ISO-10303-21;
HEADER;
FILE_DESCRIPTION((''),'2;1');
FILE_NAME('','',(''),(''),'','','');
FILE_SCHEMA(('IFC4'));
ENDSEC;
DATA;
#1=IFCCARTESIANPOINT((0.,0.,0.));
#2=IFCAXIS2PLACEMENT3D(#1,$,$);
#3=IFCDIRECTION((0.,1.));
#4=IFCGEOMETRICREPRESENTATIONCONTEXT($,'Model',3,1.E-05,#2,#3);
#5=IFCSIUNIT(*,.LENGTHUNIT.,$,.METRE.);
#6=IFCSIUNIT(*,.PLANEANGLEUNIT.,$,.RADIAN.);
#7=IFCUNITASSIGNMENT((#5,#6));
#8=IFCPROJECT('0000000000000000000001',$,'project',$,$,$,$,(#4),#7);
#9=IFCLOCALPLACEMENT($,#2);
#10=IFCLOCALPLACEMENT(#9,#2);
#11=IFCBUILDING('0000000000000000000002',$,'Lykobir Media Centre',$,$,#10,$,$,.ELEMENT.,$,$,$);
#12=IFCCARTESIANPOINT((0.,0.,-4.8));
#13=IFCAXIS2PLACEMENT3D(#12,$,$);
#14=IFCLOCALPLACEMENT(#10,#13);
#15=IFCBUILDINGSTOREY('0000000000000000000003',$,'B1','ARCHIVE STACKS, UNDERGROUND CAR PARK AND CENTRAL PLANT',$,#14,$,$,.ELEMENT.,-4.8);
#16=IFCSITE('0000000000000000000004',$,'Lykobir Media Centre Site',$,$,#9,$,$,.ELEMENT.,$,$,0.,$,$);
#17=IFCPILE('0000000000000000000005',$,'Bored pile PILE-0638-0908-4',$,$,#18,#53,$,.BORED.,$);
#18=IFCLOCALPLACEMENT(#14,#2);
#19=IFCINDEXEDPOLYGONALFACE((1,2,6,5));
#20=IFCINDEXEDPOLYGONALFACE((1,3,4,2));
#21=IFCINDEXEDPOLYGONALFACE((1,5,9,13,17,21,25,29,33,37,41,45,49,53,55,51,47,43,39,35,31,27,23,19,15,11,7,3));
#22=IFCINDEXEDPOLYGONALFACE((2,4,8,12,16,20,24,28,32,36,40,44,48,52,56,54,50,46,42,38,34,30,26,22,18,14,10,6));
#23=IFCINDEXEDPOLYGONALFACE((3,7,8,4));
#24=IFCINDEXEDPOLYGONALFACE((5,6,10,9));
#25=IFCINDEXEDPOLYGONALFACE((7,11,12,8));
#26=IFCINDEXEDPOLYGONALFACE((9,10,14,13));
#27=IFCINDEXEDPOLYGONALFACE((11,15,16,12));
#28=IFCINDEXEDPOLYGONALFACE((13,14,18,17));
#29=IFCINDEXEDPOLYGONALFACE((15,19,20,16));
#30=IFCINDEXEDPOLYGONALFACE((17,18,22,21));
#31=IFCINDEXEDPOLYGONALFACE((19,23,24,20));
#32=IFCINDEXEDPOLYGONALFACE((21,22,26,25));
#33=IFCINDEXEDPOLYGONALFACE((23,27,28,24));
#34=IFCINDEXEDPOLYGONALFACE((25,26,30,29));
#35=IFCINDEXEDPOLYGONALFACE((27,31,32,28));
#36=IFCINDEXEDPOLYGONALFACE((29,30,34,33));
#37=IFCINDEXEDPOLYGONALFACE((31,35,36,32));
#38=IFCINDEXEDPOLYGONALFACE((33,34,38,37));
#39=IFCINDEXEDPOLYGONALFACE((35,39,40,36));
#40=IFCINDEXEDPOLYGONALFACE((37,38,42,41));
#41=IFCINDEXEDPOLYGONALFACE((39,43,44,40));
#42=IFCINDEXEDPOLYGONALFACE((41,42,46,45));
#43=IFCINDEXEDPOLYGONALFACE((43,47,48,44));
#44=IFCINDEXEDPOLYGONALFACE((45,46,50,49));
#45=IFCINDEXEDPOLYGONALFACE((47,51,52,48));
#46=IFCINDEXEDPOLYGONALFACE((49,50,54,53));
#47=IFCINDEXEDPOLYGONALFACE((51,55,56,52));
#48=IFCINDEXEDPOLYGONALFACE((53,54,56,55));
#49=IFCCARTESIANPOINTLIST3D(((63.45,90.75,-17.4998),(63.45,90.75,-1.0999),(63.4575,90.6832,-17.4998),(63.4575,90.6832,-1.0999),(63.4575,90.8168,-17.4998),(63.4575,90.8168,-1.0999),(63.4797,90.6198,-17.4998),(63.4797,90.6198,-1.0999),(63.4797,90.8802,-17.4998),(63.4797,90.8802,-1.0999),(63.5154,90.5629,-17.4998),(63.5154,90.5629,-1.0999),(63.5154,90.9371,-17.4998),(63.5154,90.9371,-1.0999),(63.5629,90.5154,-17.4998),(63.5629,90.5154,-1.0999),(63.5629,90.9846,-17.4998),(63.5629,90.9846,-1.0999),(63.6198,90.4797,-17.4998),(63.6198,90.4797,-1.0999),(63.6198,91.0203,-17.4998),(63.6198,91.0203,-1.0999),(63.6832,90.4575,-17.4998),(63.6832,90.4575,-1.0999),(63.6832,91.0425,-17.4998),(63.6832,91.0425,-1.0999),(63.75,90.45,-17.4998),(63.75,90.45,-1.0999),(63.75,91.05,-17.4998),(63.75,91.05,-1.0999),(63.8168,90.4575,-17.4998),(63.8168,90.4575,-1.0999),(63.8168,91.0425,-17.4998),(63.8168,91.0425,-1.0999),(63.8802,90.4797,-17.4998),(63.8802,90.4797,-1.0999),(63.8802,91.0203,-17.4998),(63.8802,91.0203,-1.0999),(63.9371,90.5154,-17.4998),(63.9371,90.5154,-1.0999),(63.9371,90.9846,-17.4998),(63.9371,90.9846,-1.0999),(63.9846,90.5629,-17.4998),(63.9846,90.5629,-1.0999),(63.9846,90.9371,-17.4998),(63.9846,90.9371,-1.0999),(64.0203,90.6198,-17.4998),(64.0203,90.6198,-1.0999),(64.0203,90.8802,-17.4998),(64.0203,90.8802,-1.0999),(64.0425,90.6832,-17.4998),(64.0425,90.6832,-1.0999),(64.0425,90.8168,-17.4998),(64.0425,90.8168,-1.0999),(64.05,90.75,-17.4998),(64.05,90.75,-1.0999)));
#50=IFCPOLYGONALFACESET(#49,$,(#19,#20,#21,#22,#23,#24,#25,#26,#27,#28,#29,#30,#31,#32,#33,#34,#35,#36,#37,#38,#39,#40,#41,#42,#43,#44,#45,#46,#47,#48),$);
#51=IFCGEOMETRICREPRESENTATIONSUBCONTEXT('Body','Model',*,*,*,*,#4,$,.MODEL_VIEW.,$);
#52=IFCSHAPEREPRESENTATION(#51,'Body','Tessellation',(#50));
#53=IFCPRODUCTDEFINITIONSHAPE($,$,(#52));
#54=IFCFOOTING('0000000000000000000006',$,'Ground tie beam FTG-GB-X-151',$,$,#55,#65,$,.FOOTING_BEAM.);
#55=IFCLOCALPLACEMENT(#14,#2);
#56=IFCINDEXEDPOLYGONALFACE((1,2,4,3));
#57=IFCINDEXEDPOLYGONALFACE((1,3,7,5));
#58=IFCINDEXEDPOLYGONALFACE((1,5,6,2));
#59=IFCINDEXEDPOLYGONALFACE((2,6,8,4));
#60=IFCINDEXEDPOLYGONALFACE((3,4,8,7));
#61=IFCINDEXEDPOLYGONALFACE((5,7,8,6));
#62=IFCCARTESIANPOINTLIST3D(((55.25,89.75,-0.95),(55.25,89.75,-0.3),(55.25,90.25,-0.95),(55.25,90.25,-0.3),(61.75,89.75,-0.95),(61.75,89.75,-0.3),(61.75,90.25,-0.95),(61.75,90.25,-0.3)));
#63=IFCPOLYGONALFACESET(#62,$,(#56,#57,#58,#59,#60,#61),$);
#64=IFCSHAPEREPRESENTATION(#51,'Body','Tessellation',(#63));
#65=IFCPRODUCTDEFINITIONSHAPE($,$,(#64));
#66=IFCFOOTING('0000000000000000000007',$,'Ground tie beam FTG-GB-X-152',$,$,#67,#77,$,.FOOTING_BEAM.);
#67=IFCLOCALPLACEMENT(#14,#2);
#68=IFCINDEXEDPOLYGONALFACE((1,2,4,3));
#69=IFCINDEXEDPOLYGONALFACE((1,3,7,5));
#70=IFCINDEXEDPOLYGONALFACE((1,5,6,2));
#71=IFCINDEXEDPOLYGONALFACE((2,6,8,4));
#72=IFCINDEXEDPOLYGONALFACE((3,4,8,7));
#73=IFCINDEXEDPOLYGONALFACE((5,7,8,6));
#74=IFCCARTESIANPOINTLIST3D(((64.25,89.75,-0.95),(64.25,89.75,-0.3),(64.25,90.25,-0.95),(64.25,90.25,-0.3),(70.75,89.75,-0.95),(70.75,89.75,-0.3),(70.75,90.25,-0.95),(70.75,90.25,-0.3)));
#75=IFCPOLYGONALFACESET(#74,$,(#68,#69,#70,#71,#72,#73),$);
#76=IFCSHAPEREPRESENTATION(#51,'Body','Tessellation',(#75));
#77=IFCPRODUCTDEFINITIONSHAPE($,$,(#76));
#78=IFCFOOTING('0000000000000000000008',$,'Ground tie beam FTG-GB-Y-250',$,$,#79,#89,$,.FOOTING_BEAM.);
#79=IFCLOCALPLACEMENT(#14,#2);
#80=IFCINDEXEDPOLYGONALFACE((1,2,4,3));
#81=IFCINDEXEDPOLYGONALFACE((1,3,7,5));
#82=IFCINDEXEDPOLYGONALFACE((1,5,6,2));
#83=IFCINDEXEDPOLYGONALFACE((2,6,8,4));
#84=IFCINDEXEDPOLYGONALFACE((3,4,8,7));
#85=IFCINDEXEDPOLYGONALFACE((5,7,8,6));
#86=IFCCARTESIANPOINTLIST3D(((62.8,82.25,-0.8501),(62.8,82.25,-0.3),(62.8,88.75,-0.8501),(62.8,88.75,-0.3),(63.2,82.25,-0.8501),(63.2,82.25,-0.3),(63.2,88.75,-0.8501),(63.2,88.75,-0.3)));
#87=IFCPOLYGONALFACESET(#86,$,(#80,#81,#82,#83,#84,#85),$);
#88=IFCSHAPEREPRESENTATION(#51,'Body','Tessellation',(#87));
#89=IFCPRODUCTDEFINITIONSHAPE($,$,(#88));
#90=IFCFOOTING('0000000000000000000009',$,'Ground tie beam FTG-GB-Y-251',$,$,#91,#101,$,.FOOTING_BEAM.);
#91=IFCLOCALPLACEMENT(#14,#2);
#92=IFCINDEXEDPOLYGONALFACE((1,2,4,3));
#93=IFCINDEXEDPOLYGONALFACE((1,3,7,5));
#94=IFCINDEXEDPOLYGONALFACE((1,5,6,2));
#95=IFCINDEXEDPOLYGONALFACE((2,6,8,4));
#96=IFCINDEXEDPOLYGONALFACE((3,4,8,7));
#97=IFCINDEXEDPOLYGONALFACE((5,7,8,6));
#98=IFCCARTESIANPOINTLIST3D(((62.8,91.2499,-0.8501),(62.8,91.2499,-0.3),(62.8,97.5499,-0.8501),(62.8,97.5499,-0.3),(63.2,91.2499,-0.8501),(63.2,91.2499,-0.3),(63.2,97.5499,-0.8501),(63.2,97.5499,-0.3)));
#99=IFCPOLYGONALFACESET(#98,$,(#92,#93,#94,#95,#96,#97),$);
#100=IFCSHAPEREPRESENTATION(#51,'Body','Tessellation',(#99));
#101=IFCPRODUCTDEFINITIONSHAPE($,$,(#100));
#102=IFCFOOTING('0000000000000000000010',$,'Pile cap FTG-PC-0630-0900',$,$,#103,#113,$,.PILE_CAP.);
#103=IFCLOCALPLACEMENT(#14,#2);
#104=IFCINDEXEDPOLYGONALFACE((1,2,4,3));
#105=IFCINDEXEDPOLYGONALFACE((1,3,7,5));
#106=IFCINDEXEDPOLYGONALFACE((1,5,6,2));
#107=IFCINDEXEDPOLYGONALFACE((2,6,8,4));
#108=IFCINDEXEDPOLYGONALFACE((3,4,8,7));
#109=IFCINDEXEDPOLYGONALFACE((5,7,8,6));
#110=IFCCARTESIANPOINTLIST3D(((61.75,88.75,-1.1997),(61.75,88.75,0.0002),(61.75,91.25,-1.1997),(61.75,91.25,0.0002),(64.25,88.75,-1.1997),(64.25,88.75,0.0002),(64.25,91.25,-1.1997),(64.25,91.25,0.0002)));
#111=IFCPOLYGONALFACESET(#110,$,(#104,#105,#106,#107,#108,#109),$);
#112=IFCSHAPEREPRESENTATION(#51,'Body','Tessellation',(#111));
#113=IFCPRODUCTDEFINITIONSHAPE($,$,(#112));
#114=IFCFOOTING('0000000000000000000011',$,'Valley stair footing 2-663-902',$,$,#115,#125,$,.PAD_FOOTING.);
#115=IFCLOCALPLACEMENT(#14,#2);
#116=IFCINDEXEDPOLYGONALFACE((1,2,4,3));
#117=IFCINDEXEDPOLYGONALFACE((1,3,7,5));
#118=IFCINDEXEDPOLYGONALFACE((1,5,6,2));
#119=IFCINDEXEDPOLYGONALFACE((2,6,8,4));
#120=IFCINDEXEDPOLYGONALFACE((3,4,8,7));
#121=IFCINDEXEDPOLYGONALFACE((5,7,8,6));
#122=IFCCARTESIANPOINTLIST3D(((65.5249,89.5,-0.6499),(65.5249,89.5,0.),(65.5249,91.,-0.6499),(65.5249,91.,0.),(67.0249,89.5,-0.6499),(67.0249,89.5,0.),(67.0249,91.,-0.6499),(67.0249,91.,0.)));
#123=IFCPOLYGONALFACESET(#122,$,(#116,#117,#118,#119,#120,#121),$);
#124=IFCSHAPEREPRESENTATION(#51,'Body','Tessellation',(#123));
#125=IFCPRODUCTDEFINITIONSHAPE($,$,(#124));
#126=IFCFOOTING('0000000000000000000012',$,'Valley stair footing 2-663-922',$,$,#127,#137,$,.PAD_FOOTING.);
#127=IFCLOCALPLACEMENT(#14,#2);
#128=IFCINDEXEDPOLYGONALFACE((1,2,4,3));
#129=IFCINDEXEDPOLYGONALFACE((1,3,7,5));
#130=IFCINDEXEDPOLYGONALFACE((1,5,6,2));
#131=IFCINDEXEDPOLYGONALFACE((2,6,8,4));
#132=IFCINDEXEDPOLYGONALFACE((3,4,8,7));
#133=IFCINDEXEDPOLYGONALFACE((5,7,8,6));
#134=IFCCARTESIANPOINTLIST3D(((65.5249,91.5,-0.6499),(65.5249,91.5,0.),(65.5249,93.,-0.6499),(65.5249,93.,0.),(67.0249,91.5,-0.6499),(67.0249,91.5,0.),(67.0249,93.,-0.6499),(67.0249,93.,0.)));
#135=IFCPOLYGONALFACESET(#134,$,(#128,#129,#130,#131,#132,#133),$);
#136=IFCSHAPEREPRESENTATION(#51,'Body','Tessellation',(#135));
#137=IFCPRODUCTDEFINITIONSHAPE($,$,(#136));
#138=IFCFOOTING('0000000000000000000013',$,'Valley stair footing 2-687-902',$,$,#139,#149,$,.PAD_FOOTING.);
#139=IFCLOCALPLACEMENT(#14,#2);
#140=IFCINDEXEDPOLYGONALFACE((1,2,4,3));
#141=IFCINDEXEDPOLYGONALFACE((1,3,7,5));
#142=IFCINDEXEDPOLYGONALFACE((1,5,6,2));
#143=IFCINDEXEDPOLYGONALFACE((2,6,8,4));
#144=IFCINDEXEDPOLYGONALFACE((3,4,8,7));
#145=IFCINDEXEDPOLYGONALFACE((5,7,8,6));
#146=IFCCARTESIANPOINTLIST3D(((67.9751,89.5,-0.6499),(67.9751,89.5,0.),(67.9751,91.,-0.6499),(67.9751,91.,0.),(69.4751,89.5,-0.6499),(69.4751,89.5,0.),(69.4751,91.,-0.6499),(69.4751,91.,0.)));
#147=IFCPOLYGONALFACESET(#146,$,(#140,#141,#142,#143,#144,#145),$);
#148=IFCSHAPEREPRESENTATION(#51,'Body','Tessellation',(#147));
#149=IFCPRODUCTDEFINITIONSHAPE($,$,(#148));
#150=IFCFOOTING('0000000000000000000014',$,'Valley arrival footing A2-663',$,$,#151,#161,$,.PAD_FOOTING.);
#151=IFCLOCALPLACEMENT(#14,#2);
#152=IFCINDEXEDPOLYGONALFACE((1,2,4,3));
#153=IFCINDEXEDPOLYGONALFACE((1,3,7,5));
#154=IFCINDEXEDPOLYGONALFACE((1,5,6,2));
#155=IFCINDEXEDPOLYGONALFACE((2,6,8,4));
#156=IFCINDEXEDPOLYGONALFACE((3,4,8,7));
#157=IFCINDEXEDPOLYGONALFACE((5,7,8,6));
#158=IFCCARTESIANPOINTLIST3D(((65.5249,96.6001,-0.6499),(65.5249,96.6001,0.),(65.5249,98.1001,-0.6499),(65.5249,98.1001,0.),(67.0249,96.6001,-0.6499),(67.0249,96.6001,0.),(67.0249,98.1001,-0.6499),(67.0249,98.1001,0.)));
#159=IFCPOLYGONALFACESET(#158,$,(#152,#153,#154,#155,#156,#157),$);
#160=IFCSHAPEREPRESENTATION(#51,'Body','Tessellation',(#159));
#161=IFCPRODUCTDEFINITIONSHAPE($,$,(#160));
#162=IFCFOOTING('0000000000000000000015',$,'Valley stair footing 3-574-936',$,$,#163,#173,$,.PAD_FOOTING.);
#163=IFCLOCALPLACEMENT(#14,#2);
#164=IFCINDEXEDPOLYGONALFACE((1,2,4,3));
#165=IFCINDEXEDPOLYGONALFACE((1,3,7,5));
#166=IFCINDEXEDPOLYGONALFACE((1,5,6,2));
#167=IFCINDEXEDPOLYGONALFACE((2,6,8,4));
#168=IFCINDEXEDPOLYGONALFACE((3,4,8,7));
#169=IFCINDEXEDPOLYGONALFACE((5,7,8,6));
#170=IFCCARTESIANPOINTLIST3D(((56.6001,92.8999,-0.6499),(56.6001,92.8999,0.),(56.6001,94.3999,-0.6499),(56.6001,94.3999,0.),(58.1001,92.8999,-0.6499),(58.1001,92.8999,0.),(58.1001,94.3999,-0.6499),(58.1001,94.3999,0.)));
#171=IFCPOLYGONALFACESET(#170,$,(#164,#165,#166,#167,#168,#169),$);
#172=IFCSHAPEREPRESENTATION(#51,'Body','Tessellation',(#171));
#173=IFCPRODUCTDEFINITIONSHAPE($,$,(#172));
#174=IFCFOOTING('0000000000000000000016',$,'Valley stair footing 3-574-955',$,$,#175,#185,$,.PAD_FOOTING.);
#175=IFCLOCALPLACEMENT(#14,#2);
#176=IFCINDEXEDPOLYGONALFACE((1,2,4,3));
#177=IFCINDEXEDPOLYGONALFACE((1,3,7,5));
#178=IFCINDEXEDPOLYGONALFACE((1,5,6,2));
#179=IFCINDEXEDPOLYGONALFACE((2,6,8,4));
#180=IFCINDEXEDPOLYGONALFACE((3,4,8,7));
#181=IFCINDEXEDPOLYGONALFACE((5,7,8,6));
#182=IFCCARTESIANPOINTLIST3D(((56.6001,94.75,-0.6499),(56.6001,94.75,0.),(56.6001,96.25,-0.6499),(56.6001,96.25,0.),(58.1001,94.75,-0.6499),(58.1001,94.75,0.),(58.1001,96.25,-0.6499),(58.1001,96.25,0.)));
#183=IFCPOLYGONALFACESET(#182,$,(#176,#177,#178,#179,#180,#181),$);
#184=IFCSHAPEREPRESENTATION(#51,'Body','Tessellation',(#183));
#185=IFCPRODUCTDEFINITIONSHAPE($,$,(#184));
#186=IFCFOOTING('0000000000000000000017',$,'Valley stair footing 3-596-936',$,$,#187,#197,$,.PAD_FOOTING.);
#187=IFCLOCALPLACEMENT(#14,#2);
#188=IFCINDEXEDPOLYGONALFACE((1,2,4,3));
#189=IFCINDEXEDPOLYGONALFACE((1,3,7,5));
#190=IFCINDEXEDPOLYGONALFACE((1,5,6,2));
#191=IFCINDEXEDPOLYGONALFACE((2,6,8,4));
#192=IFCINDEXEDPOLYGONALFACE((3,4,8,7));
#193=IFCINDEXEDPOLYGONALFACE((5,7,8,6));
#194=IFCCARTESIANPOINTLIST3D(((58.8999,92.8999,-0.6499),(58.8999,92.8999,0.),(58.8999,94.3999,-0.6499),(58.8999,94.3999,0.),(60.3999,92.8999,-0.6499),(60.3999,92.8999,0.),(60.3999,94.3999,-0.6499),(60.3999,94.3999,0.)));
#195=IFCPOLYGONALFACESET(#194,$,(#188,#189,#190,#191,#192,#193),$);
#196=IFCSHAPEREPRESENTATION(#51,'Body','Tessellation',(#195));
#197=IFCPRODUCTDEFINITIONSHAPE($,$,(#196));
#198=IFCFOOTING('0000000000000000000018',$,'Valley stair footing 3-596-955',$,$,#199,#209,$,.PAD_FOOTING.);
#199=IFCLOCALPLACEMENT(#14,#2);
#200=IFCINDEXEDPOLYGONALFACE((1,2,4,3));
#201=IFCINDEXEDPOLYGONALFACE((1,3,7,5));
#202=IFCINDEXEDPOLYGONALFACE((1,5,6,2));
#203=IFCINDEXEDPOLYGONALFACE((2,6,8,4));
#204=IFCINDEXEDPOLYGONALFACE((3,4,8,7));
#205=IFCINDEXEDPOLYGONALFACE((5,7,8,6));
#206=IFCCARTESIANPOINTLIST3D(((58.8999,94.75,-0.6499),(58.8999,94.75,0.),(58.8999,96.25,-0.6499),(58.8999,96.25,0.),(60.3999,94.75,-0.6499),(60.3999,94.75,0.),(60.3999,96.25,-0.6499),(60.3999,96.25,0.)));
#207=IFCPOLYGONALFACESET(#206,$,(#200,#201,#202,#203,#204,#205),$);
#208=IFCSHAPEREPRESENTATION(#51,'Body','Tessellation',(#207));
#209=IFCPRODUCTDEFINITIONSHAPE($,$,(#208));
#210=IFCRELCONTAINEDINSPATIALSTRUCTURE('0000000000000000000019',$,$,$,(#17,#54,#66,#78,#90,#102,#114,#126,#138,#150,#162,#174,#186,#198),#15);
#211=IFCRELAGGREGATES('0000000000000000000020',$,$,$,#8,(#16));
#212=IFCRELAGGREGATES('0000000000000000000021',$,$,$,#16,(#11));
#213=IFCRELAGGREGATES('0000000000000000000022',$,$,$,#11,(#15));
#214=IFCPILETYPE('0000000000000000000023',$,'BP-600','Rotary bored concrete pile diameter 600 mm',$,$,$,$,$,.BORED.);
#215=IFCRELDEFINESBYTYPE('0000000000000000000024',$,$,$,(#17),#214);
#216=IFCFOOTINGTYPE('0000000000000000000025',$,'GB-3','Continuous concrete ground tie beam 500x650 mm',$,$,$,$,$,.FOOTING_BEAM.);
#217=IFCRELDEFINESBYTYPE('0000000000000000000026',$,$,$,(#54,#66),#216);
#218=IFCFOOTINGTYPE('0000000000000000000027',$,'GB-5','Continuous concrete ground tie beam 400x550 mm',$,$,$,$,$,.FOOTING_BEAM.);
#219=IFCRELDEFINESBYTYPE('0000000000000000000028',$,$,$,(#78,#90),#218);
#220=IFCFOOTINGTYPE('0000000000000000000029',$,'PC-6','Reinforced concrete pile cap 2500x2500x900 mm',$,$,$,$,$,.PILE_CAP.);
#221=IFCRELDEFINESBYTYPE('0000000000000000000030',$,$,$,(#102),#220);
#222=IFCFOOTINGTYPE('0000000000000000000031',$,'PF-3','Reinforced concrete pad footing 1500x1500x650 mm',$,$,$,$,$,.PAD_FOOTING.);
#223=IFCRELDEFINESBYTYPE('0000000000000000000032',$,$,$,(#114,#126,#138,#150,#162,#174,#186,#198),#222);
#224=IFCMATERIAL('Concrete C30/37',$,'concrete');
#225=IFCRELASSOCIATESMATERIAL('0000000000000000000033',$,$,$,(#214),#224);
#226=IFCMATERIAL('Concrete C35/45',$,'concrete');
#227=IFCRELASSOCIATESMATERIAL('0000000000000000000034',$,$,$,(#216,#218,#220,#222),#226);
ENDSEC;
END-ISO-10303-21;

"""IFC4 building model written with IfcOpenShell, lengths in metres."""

from ifc_helpers import new_model, si_unit, direction, frame, origin, origin_2d, place, context, subcontext, project, spatial, rectangle, circle, extrude, material, material_profile, profile_set, type_object, element, save


model = new_model("IFC4")

# Units and contexts
model_context = context("Model", 3, precision=1e-05, world=origin(), true_north=direction((0.0, 1.0)))
body_context = subcontext(model_context, "Body", "Model", "MODEL_VIEW")
ifc_project = project(units=[si_unit("LENGTHUNIT", "METRE"), si_unit("PLANEANGLEUNIT", "RADIAN")], contexts=[model_context])

# Site, building, storey
site_placement = place(None, origin())
site = spatial("IfcSite", under=ifc_project, at=site_placement, Name="Lykobir Media Centre Site", CompositionType="ELEMENT", RefElevation=0.0)
building_placement = place(site_placement, origin())
building = spatial("IfcBuilding", under=site, at=building_placement, Name="Lykobir Media Centre", CompositionType="ELEMENT")
storey_placement = place(building_placement, frame((0.0, 0.0, -4.8)))
storey = spatial("IfcBuildingStorey", under=building, at=storey_placement, Name="B1", Description="ARCHIVE STACKS, UNDERGROUND CAR PARK AND CENTRAL PLANT", CompositionType="ELEMENT", Elevation=-4.8)

# Pile
ifc_material_1 = material(Name="Concrete C30/37", Category="concrete")
ifc_material_profile_1 = material_profile(ifc_material_1, circle(Radius=0.3, at=origin_2d()), Name="BORED PILE D600")
ifc_profile_set_1 = profile_set([ifc_material_profile_1], Name="Concrete C30/37")
pile_type = type_object("IfcPileType", Name="BP-600", Description="Rotary bored concrete pile diameter 600 mm", PredefinedType="BORED", material=ifc_profile_set_1)
for number, where, z_axis, x_axis, name in (
    (1, (63.75, 90.75, -1.0999), (0.0, 0.0, -1.0), (1.0, 0.0, 0.0), "Bored pile PILE-0638-0908-4"),
):
    element("IfcPile", number, at=place(storey_placement, frame(where, z_axis=z_axis, x_axis=x_axis)), inside=storey, type_object=pile_type, Name=name, PredefinedType="BORED", context=body_context, shape_type="SweptSolid", body=[
        extrude(circle(Radius=0.3, at=origin_2d()), origin(), (0.0, 0.0, 1.0), 16.3999),
    ])

# Footings
ifc_material_2 = material(Name="Concrete C35/45", Category="concrete")
footing_type_1 = type_object("IfcFootingType", Name="GB-3", Description="Continuous concrete ground tie beam 500x650 mm", PredefinedType="FOOTING_BEAM", material=ifc_material_2)
for number, where, z_axis, x_axis, name in (
    (2, (58.5, 90.0, -0.95), (0.0, 0.0, 1.0), (1.0, 0.0, 0.0), "Ground tie beam FTG-GB-X-151"),
    (3, (67.5, 90.0, -0.95), (0.0, 0.0, 1.0), (1.0, 0.0, 0.0), "Ground tie beam FTG-GB-X-152"),
):
    element("IfcFooting", number, at=place(storey_placement, frame(where, z_axis=z_axis, x_axis=x_axis)), inside=storey, type_object=footing_type_1, Name=name, PredefinedType="FOOTING_BEAM", context=body_context, shape_type="SweptSolid", body=[
        extrude(rectangle(XDim=6.5, YDim=0.5, at=origin_2d()), origin(), (0.0, 0.0, 1.0), 0.6499),
    ])
footing_type_2 = type_object("IfcFootingType", Name="GB-5", Description="Continuous concrete ground tie beam 400x550 mm", PredefinedType="FOOTING_BEAM", material=ifc_material_2)
footing_1_placement = place(storey_placement, frame((63.0, 85.5, -0.8501), z_axis=(0.0, 0.0, 1.0), x_axis=(0.0, 1.0, 0.0)))
element("IfcFooting", 4, at=footing_1_placement, inside=storey, type_object=footing_type_2, Name="Ground tie beam FTG-GB-Y-250", PredefinedType="FOOTING_BEAM", context=body_context, shape_type="SweptSolid", body=[
    extrude(rectangle(XDim=6.5, YDim=0.3999, at=origin_2d()), origin(), (0.0, 0.0, 1.0), 0.55),
])
footing_2_placement = place(storey_placement, frame((63.0, 94.3999, -0.8501), z_axis=(0.0, 0.0, 1.0), x_axis=(0.0, 1.0, 0.0)))
element("IfcFooting", 5, at=footing_2_placement, inside=storey, type_object=footing_type_2, Name="Ground tie beam FTG-GB-Y-251", PredefinedType="FOOTING_BEAM", context=body_context, shape_type="SweptSolid", body=[
    extrude(rectangle(XDim=6.3, YDim=0.3999, at=origin_2d()), origin(), (0.0, 0.0, 1.0), 0.55),
])
footing_type_3 = type_object("IfcFootingType", Name="PC-6", Description="Reinforced concrete pile cap 2500x2500x900 mm", PredefinedType="PILE_CAP", material=ifc_material_2)
footing_3_placement = place(storey_placement, frame((63.0, 90.0, -1.1997), z_axis=(0.0, 0.0, 1.0), x_axis=(1.0, 0.0, 0.0)))
element("IfcFooting", 6, at=footing_3_placement, inside=storey, type_object=footing_type_3, Name="Pile cap FTG-PC-0630-0900", PredefinedType="PILE_CAP", context=body_context, shape_type="SweptSolid", body=[
    extrude(rectangle(XDim=2.5, YDim=2.5, at=origin_2d()), origin(), (0.0, 0.0, 1.0), 1.2),
])
footing_type_4 = type_object("IfcFootingType", Name="PF-3", Description="Reinforced concrete pad footing 1500x1500x650 mm", PredefinedType="PAD_FOOTING", material=ifc_material_2)
for number, where, z_axis, x_axis, name in (
    (7, (66.2749, 90.25, -0.6499), (0.0, 0.0, 1.0), (1.0, 0.0, 0.0), "Valley stair footing 2-663-902"),
    (8, (66.2749, 92.25, -0.6499), (0.0, 0.0, 1.0), (1.0, 0.0, 0.0), "Valley stair footing 2-663-922"),
    (9, (68.7251, 90.25, -0.6499), (0.0, 0.0, 1.0), (1.0, 0.0, 0.0), "Valley stair footing 2-687-902"),
    (10, (66.2749, 97.3501, -0.6499), (0.0, 0.0, 1.0), (1.0, 0.0, 0.0), "Valley arrival footing A2-663"),
    (11, (57.3501, 93.6499, -0.6499), (0.0, 0.0, 1.0), (1.0, 0.0, 0.0), "Valley stair footing 3-574-936"),
    (12, (57.3501, 95.5, -0.6499), (0.0, 0.0, 1.0), (1.0, 0.0, 0.0), "Valley stair footing 3-574-955"),
    (13, (59.6499, 93.6499, -0.6499), (0.0, 0.0, 1.0), (1.0, 0.0, 0.0), "Valley stair footing 3-596-936"),
    (14, (59.6499, 95.5, -0.6499), (0.0, 0.0, 1.0), (1.0, 0.0, 0.0), "Valley stair footing 3-596-955"),
):
    element("IfcFooting", number, at=place(storey_placement, frame(where, z_axis=z_axis, x_axis=x_axis)), inside=storey, type_object=footing_type_4, Name=name, PredefinedType="PAD_FOOTING", context=body_context, shape_type="SweptSolid", body=[
        extrude(rectangle(XDim=1.5, YDim=1.5, at=origin_2d()), origin(), (0.0, 0.0, 1.0), 0.6499),
    ])

save(model, "model.ifc")
